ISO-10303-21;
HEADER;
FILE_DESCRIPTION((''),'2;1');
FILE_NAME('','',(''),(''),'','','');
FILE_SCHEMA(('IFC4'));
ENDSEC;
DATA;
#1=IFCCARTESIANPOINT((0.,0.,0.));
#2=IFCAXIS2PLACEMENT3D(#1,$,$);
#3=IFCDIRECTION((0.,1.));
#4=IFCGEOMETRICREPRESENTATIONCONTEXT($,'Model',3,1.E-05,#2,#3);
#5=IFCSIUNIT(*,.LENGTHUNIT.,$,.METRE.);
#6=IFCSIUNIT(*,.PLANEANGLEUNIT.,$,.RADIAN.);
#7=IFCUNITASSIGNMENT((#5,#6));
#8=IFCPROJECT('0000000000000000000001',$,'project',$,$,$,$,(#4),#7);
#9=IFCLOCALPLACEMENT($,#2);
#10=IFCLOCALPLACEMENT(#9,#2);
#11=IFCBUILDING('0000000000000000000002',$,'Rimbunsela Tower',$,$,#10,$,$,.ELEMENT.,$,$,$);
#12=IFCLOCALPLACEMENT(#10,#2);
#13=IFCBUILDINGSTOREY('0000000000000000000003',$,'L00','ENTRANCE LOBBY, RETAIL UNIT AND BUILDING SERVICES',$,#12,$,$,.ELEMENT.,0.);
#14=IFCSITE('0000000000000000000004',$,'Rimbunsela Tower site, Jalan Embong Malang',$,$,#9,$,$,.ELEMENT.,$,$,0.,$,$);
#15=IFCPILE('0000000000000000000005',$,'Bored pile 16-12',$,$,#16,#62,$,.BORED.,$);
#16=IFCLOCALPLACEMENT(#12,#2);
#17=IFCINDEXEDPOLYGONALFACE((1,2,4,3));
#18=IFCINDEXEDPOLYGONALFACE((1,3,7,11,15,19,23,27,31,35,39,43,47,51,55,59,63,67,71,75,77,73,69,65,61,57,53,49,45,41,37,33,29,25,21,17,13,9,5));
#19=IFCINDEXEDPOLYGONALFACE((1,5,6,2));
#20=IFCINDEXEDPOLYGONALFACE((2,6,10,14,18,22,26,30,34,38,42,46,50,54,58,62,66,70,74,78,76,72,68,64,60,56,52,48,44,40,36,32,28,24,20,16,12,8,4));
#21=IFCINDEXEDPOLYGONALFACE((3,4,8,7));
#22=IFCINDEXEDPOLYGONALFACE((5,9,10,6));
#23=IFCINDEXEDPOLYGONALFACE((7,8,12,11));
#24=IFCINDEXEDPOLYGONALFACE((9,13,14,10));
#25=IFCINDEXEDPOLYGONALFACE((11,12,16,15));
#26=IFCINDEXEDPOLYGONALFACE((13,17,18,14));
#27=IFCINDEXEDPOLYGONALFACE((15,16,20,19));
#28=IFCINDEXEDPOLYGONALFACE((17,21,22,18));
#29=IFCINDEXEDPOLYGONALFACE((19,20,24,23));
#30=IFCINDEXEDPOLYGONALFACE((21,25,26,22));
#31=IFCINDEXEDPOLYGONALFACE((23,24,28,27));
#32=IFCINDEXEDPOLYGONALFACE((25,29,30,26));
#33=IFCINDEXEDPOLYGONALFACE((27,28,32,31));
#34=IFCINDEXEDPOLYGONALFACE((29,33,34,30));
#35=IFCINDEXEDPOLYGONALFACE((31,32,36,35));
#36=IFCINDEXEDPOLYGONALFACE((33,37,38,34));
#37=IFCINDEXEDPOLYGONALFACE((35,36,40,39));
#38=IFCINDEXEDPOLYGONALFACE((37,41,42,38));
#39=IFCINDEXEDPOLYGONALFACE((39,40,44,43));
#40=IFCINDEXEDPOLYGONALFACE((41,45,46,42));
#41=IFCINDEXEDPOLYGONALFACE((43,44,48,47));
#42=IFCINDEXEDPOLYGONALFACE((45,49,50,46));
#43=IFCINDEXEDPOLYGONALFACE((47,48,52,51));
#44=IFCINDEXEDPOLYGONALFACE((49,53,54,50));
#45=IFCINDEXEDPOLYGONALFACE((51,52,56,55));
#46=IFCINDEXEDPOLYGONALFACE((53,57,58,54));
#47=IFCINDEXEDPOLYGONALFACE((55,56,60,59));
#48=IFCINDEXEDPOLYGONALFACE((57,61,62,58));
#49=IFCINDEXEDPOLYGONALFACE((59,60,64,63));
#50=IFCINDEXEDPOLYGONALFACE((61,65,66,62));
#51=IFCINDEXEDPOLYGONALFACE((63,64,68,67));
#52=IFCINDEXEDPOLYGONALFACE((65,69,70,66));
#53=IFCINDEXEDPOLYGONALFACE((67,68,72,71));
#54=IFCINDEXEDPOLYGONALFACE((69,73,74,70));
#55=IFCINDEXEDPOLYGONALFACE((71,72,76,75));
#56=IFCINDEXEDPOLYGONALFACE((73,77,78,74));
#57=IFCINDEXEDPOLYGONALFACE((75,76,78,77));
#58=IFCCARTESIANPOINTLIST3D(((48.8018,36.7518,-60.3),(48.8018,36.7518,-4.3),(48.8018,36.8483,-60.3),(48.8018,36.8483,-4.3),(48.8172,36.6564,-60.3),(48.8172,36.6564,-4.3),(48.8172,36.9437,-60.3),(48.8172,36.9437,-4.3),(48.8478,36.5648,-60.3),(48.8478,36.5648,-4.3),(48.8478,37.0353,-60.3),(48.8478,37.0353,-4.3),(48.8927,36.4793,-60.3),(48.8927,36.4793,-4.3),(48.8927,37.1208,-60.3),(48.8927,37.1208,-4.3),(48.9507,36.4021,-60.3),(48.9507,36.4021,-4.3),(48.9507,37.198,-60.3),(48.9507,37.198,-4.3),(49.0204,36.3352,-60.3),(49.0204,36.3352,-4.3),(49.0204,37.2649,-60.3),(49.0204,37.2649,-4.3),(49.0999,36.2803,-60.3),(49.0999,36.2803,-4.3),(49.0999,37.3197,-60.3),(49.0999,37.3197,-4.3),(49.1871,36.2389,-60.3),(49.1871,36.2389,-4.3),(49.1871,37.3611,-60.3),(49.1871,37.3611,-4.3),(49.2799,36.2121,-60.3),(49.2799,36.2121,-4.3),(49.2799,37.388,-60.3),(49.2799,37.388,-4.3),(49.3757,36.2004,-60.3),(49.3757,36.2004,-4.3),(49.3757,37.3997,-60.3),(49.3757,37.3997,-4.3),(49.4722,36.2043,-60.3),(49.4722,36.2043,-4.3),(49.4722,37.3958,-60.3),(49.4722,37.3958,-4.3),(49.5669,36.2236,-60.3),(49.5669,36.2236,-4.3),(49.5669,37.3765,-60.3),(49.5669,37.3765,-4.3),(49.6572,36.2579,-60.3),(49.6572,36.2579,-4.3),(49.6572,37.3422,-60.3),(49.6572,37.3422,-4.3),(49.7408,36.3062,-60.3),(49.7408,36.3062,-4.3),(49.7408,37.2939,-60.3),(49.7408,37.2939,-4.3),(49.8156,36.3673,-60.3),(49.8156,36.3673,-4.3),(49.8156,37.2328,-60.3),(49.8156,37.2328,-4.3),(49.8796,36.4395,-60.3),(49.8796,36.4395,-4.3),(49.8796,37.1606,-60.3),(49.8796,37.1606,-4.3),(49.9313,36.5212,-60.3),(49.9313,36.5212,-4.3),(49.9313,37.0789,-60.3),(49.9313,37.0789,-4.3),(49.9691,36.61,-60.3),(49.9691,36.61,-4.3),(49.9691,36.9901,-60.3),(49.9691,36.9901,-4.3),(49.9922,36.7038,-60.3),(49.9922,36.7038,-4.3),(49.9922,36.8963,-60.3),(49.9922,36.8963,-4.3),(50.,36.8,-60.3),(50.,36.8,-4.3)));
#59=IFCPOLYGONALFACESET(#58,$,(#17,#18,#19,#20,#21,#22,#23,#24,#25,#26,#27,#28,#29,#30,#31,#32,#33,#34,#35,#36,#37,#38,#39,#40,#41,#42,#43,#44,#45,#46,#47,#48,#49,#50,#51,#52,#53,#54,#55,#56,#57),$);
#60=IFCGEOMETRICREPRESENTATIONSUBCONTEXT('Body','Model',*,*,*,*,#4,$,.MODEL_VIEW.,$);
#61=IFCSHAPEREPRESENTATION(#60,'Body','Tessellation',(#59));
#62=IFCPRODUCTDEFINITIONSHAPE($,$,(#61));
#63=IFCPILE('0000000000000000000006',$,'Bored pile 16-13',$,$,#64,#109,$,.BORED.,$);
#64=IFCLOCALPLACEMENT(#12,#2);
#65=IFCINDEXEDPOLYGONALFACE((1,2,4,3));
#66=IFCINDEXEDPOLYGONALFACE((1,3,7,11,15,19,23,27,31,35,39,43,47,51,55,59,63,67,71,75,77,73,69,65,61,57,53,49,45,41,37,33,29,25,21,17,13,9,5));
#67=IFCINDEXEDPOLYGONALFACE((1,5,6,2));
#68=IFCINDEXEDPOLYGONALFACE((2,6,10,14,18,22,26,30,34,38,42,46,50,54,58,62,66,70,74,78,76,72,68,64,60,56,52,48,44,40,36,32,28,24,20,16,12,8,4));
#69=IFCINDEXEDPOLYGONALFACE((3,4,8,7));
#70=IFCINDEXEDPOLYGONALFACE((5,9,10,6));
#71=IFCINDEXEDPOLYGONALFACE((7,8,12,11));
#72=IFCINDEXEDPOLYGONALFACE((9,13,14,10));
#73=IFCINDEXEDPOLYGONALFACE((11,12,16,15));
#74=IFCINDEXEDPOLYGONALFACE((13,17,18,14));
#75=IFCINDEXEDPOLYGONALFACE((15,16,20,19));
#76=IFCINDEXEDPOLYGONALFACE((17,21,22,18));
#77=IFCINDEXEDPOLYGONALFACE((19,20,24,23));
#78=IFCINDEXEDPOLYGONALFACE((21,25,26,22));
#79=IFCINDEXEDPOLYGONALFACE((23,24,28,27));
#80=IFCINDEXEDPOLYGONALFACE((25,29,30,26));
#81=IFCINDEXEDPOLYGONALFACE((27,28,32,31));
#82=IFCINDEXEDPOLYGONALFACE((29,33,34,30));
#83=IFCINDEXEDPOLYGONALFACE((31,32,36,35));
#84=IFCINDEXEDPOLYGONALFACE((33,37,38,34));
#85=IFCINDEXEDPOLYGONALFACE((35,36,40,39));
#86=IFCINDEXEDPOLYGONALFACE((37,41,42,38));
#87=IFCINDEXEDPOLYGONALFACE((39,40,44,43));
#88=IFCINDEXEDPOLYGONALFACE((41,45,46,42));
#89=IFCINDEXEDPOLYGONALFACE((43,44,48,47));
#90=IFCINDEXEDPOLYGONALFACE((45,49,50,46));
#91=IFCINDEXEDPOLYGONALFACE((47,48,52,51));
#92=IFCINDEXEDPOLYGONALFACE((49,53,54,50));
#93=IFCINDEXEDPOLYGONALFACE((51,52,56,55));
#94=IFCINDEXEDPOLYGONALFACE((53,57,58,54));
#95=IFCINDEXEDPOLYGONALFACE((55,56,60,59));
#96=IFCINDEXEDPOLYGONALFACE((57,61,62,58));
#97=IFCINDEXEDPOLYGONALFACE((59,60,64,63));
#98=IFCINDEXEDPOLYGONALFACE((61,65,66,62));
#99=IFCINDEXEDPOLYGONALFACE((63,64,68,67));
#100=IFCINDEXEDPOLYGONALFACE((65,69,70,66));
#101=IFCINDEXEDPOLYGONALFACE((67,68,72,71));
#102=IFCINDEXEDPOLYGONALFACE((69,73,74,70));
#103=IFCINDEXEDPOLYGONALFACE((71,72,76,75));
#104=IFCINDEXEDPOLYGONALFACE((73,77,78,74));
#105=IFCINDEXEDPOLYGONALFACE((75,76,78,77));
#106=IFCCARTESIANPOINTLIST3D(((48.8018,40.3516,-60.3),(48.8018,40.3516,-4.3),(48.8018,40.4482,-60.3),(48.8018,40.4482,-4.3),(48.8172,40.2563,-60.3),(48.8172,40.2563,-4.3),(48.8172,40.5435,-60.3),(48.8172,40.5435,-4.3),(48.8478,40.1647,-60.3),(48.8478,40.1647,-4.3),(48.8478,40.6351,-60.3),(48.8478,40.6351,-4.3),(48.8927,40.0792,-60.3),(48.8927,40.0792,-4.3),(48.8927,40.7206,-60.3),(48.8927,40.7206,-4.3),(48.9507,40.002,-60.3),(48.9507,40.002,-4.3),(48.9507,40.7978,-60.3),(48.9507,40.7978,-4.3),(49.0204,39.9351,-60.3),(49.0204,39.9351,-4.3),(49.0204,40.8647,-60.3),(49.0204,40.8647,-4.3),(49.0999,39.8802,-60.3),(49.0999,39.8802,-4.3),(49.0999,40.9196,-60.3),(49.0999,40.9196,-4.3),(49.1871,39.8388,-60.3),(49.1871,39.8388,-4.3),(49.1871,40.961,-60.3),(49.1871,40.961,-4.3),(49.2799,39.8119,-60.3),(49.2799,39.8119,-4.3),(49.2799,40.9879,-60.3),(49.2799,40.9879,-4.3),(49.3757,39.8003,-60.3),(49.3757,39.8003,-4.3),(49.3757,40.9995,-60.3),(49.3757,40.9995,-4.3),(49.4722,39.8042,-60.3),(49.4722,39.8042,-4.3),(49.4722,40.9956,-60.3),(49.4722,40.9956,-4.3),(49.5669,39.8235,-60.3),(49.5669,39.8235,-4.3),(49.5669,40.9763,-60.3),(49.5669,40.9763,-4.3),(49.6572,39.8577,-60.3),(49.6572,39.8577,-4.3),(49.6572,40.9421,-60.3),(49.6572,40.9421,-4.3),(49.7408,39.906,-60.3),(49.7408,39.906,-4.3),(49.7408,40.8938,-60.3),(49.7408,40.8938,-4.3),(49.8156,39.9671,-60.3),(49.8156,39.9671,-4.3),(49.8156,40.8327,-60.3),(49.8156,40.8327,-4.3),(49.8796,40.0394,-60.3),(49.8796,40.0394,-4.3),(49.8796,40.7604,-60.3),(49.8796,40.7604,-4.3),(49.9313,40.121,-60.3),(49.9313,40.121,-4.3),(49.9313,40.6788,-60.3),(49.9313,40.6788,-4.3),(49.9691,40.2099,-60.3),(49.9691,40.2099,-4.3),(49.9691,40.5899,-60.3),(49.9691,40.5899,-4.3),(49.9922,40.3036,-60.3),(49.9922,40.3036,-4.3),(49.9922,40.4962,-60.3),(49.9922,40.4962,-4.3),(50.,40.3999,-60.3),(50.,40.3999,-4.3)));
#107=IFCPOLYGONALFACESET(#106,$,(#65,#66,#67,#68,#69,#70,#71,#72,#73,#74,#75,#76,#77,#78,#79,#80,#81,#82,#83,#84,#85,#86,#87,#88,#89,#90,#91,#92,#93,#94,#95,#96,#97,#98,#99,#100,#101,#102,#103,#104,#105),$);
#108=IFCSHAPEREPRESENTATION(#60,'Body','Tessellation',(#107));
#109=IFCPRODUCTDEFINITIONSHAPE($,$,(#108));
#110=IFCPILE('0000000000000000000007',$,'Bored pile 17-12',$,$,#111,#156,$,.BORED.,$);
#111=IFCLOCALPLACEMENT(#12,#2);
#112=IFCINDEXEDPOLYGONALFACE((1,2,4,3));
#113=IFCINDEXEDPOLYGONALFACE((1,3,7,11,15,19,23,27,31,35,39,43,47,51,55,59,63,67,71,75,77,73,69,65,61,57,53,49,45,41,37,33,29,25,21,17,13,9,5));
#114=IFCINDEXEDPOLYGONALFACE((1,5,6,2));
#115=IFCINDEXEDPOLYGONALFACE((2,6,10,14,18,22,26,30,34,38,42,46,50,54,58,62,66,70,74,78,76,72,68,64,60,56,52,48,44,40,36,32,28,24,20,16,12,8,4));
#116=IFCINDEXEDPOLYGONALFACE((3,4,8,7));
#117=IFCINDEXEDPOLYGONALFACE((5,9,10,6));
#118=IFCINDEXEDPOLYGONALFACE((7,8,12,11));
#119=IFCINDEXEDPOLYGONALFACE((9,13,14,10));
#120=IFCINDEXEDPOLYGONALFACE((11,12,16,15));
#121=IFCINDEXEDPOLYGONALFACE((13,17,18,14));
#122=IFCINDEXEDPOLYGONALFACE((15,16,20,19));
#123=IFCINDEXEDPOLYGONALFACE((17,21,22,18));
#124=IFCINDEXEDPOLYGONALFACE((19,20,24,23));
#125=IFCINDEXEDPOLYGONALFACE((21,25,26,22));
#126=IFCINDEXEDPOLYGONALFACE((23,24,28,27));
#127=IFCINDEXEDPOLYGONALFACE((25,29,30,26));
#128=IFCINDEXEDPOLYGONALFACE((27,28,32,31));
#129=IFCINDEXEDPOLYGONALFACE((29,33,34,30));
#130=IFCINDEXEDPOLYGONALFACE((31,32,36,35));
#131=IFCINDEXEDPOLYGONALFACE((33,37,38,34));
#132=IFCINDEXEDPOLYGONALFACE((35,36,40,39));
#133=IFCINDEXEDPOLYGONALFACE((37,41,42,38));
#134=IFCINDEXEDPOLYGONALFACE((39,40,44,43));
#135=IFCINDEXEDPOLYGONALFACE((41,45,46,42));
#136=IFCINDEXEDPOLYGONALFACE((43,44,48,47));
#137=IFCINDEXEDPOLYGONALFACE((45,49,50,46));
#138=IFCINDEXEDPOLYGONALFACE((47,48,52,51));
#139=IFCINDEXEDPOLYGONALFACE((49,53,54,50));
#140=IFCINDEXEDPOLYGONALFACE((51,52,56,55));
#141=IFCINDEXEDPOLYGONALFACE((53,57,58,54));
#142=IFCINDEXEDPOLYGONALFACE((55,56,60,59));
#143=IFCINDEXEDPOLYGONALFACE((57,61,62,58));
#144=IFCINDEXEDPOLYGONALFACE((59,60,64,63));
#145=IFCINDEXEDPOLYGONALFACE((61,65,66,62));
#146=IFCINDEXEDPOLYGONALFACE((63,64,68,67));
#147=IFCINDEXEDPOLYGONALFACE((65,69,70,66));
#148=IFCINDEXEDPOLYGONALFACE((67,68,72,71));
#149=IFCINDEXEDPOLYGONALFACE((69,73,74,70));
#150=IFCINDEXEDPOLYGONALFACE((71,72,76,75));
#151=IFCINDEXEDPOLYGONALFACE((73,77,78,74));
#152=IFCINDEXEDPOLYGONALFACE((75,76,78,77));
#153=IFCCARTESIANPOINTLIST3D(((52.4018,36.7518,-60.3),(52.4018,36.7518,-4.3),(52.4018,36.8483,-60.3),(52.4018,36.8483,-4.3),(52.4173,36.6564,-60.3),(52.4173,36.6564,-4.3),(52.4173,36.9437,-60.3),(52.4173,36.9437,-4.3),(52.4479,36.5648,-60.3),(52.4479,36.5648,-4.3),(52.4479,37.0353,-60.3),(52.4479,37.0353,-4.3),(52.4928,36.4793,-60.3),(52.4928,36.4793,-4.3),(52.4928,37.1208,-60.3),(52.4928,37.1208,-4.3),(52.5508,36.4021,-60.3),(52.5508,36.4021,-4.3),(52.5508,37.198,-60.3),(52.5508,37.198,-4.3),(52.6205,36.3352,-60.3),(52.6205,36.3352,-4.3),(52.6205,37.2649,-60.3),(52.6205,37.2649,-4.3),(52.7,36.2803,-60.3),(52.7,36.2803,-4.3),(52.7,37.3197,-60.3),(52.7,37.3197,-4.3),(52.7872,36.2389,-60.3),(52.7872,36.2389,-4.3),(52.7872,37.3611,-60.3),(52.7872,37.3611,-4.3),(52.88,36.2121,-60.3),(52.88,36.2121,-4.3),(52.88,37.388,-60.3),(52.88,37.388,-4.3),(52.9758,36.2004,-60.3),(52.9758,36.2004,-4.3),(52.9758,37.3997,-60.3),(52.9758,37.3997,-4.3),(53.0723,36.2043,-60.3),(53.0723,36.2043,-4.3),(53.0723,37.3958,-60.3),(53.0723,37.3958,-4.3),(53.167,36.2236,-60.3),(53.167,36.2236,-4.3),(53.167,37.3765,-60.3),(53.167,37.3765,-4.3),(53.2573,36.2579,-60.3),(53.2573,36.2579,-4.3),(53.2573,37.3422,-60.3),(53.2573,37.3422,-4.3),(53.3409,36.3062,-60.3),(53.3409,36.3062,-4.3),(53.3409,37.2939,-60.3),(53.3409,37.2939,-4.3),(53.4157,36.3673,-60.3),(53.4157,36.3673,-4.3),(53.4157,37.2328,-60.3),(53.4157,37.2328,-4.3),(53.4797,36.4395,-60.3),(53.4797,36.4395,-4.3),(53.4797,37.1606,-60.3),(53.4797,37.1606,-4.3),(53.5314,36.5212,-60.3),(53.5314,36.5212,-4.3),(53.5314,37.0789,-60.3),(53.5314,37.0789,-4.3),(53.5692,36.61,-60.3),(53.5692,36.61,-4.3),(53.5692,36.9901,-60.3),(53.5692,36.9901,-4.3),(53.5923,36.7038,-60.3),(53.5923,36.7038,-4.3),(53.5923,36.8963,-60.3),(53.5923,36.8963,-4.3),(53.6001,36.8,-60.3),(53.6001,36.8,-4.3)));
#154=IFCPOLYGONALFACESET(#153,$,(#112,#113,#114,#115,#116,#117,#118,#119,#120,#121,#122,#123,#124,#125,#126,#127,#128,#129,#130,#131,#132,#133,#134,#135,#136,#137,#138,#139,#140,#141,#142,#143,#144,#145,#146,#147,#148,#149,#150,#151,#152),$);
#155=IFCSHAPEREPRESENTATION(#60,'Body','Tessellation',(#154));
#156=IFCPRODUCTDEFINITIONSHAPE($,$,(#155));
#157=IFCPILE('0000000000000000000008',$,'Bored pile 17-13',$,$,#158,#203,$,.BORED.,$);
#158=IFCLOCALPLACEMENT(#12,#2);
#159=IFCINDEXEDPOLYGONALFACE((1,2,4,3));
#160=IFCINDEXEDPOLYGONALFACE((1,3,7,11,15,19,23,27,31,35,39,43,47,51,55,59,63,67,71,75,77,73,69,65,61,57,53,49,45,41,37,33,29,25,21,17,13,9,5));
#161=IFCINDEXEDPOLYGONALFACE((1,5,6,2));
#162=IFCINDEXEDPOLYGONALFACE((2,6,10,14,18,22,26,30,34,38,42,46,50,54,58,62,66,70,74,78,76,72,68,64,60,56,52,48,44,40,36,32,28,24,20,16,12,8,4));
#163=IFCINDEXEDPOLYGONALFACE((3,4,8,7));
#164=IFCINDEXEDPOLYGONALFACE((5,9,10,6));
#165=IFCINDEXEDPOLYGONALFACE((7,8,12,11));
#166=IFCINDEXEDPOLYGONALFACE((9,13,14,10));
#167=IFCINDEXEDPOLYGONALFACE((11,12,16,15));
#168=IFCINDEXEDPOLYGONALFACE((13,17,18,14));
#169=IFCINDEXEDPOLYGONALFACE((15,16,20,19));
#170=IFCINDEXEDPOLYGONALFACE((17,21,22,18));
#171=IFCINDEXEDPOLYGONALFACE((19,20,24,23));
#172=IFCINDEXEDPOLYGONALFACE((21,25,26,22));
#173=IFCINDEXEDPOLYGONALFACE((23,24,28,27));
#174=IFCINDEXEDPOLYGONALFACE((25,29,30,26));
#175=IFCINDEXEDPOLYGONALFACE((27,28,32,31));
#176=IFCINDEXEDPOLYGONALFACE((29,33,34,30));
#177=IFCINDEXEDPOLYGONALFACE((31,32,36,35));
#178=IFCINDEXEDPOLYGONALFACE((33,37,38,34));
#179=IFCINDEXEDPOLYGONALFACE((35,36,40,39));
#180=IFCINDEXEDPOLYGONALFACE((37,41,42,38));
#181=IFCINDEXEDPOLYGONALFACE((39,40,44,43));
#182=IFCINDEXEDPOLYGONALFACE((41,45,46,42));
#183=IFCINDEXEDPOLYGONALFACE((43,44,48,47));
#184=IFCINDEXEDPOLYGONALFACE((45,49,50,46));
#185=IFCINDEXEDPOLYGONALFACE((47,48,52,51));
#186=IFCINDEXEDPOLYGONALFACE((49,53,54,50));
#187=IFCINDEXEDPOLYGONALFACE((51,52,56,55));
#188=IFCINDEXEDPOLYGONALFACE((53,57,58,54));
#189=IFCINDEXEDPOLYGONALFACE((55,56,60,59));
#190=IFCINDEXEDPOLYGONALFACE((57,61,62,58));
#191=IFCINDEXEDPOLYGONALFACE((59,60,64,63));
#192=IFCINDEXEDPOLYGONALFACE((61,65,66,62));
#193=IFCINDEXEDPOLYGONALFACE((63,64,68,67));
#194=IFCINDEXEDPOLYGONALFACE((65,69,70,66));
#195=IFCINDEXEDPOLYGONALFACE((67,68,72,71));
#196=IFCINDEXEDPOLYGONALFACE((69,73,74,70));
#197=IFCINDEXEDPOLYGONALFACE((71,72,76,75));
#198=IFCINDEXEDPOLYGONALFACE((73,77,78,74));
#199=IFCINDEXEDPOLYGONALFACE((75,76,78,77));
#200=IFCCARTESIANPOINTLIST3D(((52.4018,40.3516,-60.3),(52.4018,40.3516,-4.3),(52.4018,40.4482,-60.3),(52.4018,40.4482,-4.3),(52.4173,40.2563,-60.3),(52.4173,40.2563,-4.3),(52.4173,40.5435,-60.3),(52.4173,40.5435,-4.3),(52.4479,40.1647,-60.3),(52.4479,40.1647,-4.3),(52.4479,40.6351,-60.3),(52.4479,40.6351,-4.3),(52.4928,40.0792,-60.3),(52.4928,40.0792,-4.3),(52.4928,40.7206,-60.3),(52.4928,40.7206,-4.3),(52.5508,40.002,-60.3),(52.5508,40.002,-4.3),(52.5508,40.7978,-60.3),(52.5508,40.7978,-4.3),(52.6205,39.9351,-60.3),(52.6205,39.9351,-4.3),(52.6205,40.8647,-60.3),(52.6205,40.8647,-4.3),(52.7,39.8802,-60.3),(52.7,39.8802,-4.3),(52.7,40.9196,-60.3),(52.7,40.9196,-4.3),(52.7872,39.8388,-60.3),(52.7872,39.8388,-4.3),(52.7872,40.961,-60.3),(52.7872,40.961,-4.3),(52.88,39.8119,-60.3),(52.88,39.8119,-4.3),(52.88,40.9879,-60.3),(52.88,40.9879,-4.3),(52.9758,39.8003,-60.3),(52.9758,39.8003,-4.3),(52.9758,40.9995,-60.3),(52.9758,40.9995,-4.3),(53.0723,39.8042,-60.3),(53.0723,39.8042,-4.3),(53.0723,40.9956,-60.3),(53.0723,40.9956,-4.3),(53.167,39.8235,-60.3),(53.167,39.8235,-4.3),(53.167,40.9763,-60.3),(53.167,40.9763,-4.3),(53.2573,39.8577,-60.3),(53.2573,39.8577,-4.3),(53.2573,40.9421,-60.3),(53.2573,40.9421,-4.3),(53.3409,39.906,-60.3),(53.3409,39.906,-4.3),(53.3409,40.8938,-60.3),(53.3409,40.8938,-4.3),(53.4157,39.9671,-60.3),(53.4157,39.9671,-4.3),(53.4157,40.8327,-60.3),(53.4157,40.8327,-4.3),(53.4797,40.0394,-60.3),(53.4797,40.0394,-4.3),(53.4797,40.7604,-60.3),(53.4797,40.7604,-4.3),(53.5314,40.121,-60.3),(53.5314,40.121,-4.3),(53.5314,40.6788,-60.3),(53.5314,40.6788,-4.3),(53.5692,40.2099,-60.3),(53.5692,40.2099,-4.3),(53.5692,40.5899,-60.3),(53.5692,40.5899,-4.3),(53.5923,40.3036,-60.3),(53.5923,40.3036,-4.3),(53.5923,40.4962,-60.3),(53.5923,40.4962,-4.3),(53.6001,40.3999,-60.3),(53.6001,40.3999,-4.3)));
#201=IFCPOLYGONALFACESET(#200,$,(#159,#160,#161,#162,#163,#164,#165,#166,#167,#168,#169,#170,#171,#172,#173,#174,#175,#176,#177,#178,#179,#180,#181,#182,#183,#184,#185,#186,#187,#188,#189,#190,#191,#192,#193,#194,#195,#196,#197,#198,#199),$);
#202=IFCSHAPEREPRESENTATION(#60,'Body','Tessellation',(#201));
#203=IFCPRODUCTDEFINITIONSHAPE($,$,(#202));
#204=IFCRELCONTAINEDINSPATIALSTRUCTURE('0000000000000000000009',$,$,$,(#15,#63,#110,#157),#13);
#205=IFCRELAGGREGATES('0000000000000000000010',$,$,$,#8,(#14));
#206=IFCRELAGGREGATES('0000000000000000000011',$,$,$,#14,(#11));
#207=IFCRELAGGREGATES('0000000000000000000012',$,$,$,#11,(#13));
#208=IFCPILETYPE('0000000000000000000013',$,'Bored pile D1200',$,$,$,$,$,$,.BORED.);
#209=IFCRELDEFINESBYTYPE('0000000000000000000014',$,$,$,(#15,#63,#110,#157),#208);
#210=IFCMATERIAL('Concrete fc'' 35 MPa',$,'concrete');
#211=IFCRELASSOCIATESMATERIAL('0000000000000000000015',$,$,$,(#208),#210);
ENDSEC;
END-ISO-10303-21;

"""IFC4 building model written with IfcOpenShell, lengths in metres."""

from ifc_helpers import new_model, si_unit, direction, frame, origin, origin_2d, place, context, subcontext, project, spatial, circle, extrude, material, material_profile, profile_set, type_object, element, save


model = new_model("IFC4")

# Units and contexts
model_context = context("Model", 3, precision=1e-05, world=origin(), true_north=direction((0.0, 1.0)))
body_context = subcontext(model_context, "Body", "Model", "MODEL_VIEW")
ifc_project = project(units=[si_unit("LENGTHUNIT", "METRE"), si_unit("PLANEANGLEUNIT", "RADIAN")], contexts=[model_context])

# Site, building, storey
site_placement = place(None, origin())
site = spatial("IfcSite", under=ifc_project, at=site_placement, Name="Rimbunsela Tower site, Jalan Embong Malang", CompositionType="ELEMENT", RefElevation=0.0)
building_placement = place(site_placement, origin())
building = spatial("IfcBuilding", under=site, at=building_placement, Name="Rimbunsela Tower", CompositionType="ELEMENT")
storey_placement = place(building_placement, origin())
storey = spatial("IfcBuildingStorey", under=building, at=storey_placement, Name="L00", Description="ENTRANCE LOBBY, RETAIL UNIT AND BUILDING SERVICES", CompositionType="ELEMENT", Elevation=0.0)

# Piles
ifc_material_1 = material(Name="Concrete fc' 35 MPa", Category="concrete")
ifc_material_profile_1 = material_profile(ifc_material_1, circle(Radius=0.6001, at=origin_2d()), Name="BP D1200")
ifc_profile_set_1 = profile_set([ifc_material_profile_1], Name="Concrete fc' 35 MPa")
pile_type = type_object("IfcPileType", Name="Bored pile D1200", PredefinedType="BORED", material=ifc_profile_set_1)
for number, where, z_axis, x_axis, name in (
    (1, (49.3999, 36.8, -4.3), (0.0, 0.0, -1.0), (1.0, 0.0, 0.0), "Bored pile 16-12"),
    (2, (49.3999, 40.3999, -4.3), (0.0, 0.0, -1.0), (1.0, 0.0, 0.0), "Bored pile 16-13"),
    (3, (53.0, 36.8, -4.3), (0.0, 0.0, -1.0), (1.0, 0.0, 0.0), "Bored pile 17-12"),
    (4, (53.0, 40.3999, -4.3), (0.0, 0.0, -1.0), (1.0, 0.0, 0.0), "Bored pile 17-13"),
):
    element("IfcPile", number, at=place(storey_placement, frame(where, z_axis=z_axis, x_axis=x_axis)), inside=storey, type_object=pile_type, Name=name, PredefinedType="BORED", context=body_context, shape_type="SweptSolid", body=[
        extrude(circle(Radius=0.6001, at=origin_2d()), origin(), (0.0, 0.0, 1.0), 56.0),
    ])

save(model, "model.ifc")
